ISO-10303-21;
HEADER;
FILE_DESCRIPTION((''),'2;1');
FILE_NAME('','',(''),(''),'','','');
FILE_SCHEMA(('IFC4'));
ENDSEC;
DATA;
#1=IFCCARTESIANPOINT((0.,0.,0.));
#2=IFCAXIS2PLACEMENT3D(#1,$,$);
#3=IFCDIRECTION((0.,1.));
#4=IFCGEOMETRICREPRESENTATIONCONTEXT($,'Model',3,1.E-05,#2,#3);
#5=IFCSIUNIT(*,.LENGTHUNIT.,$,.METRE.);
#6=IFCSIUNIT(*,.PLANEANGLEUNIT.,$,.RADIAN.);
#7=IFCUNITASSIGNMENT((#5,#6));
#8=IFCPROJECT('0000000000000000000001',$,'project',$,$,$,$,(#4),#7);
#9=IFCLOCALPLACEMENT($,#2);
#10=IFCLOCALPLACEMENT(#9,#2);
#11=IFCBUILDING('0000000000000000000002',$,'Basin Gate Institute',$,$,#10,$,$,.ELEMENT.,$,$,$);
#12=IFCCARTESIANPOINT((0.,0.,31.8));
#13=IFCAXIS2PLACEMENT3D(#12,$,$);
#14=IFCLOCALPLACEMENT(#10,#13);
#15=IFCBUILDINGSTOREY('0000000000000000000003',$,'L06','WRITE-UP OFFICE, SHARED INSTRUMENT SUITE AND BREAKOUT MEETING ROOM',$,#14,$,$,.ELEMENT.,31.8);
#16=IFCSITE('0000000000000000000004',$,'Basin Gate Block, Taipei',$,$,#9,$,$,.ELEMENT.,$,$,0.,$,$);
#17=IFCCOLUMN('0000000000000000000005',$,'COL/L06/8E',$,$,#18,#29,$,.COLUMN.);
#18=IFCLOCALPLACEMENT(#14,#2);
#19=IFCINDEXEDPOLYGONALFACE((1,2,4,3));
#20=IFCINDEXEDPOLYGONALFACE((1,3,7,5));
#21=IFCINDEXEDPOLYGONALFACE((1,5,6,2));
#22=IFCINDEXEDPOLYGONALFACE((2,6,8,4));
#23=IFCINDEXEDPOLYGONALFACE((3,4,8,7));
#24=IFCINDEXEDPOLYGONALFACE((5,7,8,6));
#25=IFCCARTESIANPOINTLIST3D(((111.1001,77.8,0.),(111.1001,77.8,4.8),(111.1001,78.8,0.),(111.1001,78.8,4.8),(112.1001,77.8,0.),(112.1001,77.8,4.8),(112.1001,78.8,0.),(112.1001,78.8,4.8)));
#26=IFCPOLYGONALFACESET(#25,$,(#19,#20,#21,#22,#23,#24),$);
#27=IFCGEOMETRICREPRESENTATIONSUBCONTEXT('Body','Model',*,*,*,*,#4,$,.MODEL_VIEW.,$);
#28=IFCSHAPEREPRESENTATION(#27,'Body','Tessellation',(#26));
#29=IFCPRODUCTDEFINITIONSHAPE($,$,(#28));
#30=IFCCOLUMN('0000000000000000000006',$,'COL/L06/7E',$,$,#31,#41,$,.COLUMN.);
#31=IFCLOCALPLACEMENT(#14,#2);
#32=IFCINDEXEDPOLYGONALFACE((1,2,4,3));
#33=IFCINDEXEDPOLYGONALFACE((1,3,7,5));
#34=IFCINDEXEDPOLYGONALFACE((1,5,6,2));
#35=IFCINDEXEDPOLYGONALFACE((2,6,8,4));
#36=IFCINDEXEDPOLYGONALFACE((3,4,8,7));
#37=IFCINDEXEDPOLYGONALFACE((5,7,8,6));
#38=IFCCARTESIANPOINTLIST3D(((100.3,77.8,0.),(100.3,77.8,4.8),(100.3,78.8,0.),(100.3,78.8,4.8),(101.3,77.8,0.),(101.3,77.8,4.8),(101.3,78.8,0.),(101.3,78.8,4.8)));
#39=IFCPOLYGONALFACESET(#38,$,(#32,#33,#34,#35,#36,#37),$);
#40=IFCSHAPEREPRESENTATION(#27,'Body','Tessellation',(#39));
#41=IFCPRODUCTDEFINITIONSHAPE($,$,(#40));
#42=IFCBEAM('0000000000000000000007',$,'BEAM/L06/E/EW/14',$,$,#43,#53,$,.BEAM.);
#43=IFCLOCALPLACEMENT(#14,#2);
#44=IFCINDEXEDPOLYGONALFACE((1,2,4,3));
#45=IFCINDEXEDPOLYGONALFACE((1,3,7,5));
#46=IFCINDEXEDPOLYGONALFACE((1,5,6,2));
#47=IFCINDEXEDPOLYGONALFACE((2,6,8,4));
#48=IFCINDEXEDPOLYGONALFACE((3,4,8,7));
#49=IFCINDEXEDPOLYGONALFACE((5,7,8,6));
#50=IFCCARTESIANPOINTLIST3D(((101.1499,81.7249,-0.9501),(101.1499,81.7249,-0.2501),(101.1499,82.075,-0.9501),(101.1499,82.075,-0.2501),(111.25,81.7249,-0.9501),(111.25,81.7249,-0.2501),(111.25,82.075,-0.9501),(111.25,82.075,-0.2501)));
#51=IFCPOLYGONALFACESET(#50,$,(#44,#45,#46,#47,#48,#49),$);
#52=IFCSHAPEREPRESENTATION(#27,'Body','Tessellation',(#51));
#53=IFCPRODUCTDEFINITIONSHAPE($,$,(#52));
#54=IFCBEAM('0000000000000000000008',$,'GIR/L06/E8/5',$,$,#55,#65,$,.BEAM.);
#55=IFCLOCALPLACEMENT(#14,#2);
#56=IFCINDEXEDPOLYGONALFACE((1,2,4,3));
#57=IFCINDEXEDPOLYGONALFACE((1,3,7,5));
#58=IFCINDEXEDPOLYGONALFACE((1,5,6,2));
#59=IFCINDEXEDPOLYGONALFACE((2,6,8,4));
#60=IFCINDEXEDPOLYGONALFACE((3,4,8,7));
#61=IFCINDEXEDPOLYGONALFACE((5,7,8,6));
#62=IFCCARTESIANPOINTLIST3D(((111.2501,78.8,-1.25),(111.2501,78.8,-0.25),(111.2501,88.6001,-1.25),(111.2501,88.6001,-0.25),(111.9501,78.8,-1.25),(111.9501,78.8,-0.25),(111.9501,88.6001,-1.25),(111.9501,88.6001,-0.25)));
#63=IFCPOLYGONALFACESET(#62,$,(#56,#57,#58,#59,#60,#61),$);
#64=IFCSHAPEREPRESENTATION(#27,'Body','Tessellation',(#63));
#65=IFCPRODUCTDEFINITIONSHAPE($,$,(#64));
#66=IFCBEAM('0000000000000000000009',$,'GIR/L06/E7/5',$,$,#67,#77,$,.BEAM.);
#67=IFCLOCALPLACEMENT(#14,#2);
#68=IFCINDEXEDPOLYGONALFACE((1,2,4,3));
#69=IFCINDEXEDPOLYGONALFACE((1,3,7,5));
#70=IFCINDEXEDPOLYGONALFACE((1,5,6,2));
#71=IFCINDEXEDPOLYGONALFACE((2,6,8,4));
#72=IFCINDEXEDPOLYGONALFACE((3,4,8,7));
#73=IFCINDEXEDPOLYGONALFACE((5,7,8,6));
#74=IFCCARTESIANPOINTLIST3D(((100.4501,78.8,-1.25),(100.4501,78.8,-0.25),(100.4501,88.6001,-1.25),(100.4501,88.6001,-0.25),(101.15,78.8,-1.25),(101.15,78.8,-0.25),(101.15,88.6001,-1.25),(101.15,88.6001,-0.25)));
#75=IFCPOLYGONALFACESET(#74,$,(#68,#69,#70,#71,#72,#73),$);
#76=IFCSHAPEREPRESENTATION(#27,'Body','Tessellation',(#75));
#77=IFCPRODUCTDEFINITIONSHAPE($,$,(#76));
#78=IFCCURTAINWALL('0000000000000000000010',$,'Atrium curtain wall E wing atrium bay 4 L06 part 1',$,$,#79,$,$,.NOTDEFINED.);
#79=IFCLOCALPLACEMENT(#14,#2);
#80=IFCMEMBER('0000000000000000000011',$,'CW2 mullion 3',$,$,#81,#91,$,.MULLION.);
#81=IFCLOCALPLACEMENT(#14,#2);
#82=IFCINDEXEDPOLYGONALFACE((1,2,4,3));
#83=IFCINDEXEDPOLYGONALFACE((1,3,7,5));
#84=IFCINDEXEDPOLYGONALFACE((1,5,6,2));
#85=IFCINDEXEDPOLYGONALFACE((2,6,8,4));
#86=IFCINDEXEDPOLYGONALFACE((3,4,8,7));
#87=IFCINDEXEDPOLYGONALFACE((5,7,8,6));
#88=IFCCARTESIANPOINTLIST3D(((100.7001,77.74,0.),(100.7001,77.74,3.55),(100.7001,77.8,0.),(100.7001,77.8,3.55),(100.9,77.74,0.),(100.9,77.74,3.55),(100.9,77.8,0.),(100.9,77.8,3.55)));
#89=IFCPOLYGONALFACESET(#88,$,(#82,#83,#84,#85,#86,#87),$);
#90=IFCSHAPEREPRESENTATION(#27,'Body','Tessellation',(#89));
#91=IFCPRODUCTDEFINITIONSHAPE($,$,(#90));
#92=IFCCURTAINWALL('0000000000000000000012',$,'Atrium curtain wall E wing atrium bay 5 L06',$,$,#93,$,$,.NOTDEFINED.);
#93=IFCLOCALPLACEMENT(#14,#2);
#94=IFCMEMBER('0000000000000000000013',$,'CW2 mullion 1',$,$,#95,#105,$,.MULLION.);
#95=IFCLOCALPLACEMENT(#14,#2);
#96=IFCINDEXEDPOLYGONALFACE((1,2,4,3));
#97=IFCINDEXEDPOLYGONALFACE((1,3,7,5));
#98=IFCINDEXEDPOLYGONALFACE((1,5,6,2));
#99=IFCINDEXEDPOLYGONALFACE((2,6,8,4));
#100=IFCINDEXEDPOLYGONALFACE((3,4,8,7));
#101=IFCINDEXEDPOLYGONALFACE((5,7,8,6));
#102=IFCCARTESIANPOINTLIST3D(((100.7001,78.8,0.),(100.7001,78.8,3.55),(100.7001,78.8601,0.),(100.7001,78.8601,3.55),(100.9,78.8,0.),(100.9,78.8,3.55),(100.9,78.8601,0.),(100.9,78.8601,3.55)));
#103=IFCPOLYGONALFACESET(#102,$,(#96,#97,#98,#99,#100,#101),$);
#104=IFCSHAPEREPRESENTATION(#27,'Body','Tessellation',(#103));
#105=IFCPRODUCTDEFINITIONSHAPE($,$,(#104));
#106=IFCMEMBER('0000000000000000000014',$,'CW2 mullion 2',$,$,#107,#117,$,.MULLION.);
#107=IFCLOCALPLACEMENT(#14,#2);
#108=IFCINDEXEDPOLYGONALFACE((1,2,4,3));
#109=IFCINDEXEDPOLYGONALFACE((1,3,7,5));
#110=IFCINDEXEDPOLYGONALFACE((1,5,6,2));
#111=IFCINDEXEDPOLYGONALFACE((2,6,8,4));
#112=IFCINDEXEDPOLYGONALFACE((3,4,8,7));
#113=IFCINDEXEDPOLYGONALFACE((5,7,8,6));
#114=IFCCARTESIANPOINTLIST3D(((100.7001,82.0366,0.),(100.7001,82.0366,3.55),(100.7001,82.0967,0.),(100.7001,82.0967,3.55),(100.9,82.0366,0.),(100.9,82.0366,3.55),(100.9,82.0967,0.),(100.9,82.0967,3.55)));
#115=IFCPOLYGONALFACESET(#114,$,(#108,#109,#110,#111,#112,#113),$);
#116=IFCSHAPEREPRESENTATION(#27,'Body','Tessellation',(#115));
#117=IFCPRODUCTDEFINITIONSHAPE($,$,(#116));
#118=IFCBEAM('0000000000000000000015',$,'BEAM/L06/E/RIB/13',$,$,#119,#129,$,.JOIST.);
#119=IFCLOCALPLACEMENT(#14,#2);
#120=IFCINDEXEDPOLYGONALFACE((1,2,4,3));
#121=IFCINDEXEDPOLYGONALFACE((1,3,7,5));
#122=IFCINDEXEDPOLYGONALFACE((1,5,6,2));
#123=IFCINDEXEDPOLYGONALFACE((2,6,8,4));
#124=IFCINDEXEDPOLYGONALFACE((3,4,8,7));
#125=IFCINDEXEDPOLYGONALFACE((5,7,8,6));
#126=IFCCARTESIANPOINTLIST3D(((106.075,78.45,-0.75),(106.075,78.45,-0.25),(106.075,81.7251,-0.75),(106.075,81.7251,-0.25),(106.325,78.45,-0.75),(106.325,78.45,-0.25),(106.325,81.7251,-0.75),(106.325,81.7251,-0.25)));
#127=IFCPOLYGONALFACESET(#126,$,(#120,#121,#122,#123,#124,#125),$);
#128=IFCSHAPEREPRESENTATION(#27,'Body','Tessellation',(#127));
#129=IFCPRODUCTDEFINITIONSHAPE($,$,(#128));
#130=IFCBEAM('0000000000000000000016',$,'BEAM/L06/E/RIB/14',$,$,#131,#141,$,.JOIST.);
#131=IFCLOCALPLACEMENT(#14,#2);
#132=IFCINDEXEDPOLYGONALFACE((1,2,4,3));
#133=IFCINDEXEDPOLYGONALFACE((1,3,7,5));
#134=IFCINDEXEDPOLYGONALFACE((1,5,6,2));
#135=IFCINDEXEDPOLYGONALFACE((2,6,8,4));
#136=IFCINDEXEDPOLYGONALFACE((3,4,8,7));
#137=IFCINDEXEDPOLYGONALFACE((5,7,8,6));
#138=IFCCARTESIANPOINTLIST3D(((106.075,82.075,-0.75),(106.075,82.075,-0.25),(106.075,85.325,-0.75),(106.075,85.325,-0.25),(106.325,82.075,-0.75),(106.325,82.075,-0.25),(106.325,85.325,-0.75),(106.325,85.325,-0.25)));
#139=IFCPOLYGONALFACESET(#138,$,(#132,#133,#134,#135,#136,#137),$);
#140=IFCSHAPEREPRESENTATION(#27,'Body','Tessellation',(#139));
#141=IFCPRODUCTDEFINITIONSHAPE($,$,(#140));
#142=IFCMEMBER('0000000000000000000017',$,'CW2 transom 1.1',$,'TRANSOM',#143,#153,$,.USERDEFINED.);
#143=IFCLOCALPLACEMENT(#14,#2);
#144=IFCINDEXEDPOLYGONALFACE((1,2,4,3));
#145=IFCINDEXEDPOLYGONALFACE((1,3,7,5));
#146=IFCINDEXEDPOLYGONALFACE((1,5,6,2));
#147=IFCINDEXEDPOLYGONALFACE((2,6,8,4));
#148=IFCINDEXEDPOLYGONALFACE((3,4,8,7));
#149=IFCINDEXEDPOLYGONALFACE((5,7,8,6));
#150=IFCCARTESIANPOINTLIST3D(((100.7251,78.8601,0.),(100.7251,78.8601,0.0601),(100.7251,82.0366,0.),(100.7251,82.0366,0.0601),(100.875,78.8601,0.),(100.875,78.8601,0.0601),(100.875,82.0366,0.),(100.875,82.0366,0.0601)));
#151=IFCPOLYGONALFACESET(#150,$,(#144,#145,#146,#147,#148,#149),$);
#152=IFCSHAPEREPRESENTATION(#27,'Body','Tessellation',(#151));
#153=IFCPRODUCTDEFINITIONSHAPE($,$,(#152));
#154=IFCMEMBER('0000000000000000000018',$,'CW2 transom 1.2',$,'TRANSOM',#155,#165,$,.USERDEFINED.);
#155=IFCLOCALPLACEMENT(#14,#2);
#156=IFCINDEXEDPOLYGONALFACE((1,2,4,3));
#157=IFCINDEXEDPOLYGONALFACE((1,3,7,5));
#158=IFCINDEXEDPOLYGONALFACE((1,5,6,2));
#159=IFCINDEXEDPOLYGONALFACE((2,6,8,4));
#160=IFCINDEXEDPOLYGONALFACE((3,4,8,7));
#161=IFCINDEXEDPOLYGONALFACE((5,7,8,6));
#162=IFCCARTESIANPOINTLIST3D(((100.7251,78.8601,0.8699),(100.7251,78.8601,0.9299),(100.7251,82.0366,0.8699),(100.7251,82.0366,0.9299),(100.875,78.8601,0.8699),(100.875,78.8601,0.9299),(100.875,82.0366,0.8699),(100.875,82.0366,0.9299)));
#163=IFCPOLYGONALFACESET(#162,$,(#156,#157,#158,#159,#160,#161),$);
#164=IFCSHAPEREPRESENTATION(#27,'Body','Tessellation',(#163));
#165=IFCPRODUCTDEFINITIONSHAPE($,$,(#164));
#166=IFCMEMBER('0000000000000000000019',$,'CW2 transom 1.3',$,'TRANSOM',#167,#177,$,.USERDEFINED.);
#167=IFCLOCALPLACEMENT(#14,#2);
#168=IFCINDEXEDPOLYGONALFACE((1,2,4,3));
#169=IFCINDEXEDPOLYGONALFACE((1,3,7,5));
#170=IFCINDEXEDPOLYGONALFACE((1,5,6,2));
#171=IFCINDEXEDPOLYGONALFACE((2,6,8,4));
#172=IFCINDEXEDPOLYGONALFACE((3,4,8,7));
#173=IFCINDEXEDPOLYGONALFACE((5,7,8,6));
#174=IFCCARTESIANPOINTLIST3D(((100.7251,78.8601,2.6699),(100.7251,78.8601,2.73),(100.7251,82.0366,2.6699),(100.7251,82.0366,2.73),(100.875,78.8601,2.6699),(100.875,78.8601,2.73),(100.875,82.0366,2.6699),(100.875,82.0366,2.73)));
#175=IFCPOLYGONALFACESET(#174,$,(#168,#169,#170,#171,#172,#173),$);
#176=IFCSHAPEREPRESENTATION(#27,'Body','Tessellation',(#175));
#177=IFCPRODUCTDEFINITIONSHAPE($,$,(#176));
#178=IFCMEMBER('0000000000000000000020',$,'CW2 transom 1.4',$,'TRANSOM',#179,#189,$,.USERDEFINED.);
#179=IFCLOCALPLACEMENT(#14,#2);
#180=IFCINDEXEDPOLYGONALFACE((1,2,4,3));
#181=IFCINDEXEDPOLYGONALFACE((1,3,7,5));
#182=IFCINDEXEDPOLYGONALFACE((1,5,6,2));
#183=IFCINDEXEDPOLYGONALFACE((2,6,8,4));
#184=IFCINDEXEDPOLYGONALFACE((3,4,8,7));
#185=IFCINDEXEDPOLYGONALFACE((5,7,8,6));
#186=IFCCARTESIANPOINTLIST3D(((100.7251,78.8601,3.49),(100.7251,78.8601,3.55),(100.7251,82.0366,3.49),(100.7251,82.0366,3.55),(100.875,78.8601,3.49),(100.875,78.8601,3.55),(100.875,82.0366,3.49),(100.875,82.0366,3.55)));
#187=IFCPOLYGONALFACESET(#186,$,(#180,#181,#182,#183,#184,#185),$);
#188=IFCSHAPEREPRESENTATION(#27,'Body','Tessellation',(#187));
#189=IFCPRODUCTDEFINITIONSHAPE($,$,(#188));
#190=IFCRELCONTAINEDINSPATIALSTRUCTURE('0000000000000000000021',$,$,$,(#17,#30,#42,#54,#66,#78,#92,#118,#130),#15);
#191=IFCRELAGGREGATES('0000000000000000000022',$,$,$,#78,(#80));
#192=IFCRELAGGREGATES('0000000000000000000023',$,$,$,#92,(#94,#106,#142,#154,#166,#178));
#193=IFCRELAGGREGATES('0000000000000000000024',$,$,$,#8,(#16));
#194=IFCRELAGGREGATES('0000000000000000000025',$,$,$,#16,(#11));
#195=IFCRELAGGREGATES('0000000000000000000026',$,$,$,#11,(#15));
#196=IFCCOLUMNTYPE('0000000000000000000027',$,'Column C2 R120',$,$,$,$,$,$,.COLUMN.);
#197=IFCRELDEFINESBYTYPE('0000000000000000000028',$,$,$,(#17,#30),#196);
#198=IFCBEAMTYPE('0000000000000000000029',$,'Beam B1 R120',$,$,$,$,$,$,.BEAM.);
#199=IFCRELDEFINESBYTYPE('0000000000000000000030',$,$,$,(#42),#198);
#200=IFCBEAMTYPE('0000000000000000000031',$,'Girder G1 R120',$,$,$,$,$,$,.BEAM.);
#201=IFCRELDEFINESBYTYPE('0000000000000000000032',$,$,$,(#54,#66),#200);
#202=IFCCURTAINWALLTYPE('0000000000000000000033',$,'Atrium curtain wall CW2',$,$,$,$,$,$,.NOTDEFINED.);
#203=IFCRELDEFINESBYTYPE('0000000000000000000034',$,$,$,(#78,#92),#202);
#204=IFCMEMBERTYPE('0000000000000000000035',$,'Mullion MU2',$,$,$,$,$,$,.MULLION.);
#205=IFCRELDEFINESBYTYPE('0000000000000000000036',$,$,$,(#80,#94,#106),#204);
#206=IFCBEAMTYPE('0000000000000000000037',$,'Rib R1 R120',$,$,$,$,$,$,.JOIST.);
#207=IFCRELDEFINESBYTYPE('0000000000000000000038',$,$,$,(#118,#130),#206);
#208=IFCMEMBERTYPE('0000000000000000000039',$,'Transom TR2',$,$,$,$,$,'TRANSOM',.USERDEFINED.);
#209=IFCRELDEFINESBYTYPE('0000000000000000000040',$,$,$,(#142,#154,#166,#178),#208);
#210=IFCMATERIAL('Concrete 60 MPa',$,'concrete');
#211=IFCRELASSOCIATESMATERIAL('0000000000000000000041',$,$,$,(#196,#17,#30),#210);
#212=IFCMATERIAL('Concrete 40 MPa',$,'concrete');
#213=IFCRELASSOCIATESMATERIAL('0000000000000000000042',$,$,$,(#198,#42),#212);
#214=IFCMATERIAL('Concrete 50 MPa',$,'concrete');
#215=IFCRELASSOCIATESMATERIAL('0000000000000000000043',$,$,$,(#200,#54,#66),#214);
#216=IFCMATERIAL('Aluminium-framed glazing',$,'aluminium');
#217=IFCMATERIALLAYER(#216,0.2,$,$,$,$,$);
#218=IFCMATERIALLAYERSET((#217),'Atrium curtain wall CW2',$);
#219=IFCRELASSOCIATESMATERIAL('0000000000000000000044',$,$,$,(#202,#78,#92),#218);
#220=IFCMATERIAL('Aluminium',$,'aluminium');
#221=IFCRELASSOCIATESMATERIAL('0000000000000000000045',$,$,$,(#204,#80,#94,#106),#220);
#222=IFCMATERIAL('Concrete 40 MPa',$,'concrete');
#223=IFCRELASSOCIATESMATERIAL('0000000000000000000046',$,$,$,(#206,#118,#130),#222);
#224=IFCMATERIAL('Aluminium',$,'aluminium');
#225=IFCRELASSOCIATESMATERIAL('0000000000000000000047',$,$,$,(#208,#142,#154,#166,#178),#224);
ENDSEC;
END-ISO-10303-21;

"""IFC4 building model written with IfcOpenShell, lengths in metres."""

from ifc_helpers import new_model, si_unit, direction, frame, origin, origin_2d, place, context, subcontext, project, spatial, rectangle, extrude, material, layer, layer_set, material_profile, profile_set, type_object, element, aggregate, save


model = new_model("IFC4")

# Units and contexts
model_context = context("Model", 3, precision=1e-05, world=origin(), true_north=direction((0.0, 1.0)))
body_context = subcontext(model_context, "Body", "Model", "MODEL_VIEW")
ifc_project = project(units=[si_unit("LENGTHUNIT", "METRE"), si_unit("PLANEANGLEUNIT", "RADIAN")], contexts=[model_context])

# Site, building, storey
site_placement = place(None, origin())
site = spatial("IfcSite", under=ifc_project, at=site_placement, Name="Basin Gate Block, Taipei", CompositionType="ELEMENT", RefElevation=0.0)
building_placement = place(site_placement, origin())
building = spatial("IfcBuilding", under=site, at=building_placement, Name="Basin Gate Institute", CompositionType="ELEMENT")
storey_placement = place(building_placement, frame((0.0, 0.0, 31.8)))
storey = spatial("IfcBuildingStorey", under=building, at=storey_placement, Name="L06", Description="WRITE-UP OFFICE, SHARED INSTRUMENT SUITE AND BREAKOUT MEETING ROOM", CompositionType="ELEMENT", Elevation=31.8)

# Columns
ifc_material_1 = material(Name="Concrete 60 MPa", Category="concrete")
ifc_material_profile_1 = material_profile(ifc_material_1, rectangle(XDim=1.0, YDim=1.0, at=origin_2d()), Name="Column C2 1000 x 1000")
ifc_profile_set_1 = profile_set([ifc_material_profile_1], Name="Concrete 60 MPa")
column_type = type_object("IfcColumnType", Name="Column C2 R120", PredefinedType="COLUMN", material=ifc_profile_set_1)
for number, where, z_axis, x_axis, name in (
    (1, (111.6001, 78.3, 0.0), (0.0, 0.0, 1.0), (1.0, 0.0, 0.0), "COL/L06/8E"),
    (2, (100.8, 78.3, 0.0), (0.0, 0.0, 1.0), (1.0, 0.0, 0.0), "COL/L06/7E"),
):
    element("IfcColumn", number, at=place(storey_placement, frame(where, z_axis=z_axis, x_axis=x_axis)), inside=storey, type_object=column_type, material=ifc_profile_set_1, Name=name, PredefinedType="COLUMN", context=body_context, shape_type="SweptSolid", body=[
        extrude(rectangle(XDim=1.0, YDim=1.0, at=origin_2d()), origin(), (0.0, 0.0, 1.0), 4.8),
    ])

# Beams
ifc_material_2 = material(Name="Concrete 40 MPa", Category="concrete")
ifc_material_profile_2 = material_profile(ifc_material_2, rectangle(XDim=0.3501, YDim=0.7, at=origin_2d()), Name="Beam B1 350 x 700")
ifc_profile_set_2 = profile_set([ifc_material_profile_2], Name="Concrete 40 MPa")
beam_type_1 = type_object("IfcBeamType", Name="Beam B1 R120", PredefinedType="BEAM", material=ifc_profile_set_2)
beam_1_placement = place(storey_placement, frame((111.25, 81.8999, -0.6001), z_axis=(-1.0, 0.0, 0.0), x_axis=(0.0, -1.0, 0.0)))
element("IfcBeam", 3, at=beam_1_placement, inside=storey, type_object=beam_type_1, material=ifc_profile_set_2, Name="BEAM/L06/E/EW/14", PredefinedType="BEAM", context=body_context, shape_type="SweptSolid", body=[
    extrude(rectangle(XDim=0.3501, YDim=0.7, at=origin_2d()), origin(), (0.0, 0.0, 1.0), 10.1001),
])
ifc_material_3 = material(Name="Concrete 50 MPa", Category="concrete")
ifc_material_profile_3 = material_profile(ifc_material_3, rectangle(XDim=0.7, YDim=1.0, at=origin_2d()), Name="Girder G1 700 x 1000")
ifc_profile_set_3 = profile_set([ifc_material_profile_3], Name="Concrete 50 MPa")
beam_type_2 = type_object("IfcBeamType", Name="Girder G1 R120", PredefinedType="BEAM", material=ifc_profile_set_3)
for number, where, z_axis, x_axis, name in (
    (4, (111.6001, 78.8, -0.75), (0.0, 1.0, 0.0), (-1.0, 0.0, 0.0), "GIR/L06/E8/5"),
    (5, (100.8, 78.8, -0.75), (0.0, 1.0, 0.0), (-1.0, 0.0, 0.0), "GIR/L06/E7/5"),
):
    element("IfcBeam", number, at=place(storey_placement, frame(where, z_axis=z_axis, x_axis=x_axis)), inside=storey, type_object=beam_type_2, material=ifc_profile_set_3, Name=name, PredefinedType="BEAM", context=body_context, shape_type="SweptSolid", body=[
        extrude(rectangle(XDim=0.7, YDim=1.0, at=origin_2d()), origin(), (0.0, 0.0, 1.0), 9.8),
    ])

# Curtain wall, member
ifc_material_4 = material(Name="Aluminium-framed glazing", Category="aluminium")
ifc_layer_1 = layer(ifc_material_4, 0.2)
ifc_layer_set_1 = layer_set([ifc_layer_1], Name="Atrium curtain wall CW2")
curtain_wall_type = type_object("IfcCurtainWallType", Name="Atrium curtain wall CW2", PredefinedType="NOTDEFINED", material=ifc_layer_set_1)
curtain_wall_1_placement = place(storey_placement, origin())
curtain_wall_1 = element("IfcCurtainWall", 6, at=curtain_wall_1_placement, inside=storey, type_object=curtain_wall_type, material=ifc_layer_set_1, Name="Atrium curtain wall E wing atrium bay 4 L06 part 1", PredefinedType="NOTDEFINED")
ifc_material_5 = material(Name="Aluminium", Category="aluminium")
ifc_material_profile_4 = material_profile(ifc_material_5, rectangle(XDim=0.2, YDim=0.0601, at=origin_2d()), Name="Mullion MU2 200 x 60")
ifc_profile_set_4 = profile_set([ifc_material_profile_4], Name="Aluminium")
member_type_1 = type_object("IfcMemberType", Name="Mullion MU2", PredefinedType="MULLION", material=ifc_profile_set_4)
member_1_placement = place(storey_placement, frame((100.8, 77.77, 0.0), z_axis=(0.0, 0.0, 1.0), x_axis=(-1.0, 0.0, 0.0)))
member_1 = element("IfcMember", 7, at=member_1_placement, type_object=member_type_1, material=ifc_profile_set_4, Name="CW2 mullion 3", PredefinedType="MULLION", context=body_context, shape_type="SweptSolid", body=[
    extrude(rectangle(XDim=0.2, YDim=0.0601, at=origin_2d()), origin(), (0.0, 0.0, 1.0), 3.55),
])
aggregate(curtain_wall_1, [member_1])

# Curtain wall, members
curtain_wall_2_placement = place(storey_placement, origin())
curtain_wall_2 = element("IfcCurtainWall", 8, at=curtain_wall_2_placement, inside=storey, type_object=curtain_wall_type, material=ifc_layer_set_1, Name="Atrium curtain wall E wing atrium bay 5 L06", PredefinedType="NOTDEFINED")
member_2_placement = place(storey_placement, frame((100.8, 78.8301, 0.0), z_axis=(0.0, 0.0, 1.0), x_axis=(-1.0, 0.0, 0.0)))
member_2 = element("IfcMember", 9, at=member_2_placement, type_object=member_type_1, material=ifc_profile_set_4, Name="CW2 mullion 1", PredefinedType="MULLION", context=body_context, shape_type="SweptSolid", body=[
    extrude(rectangle(XDim=0.2, YDim=0.0601, at=origin_2d()), origin(), (0.0, 0.0, 1.0), 3.55),
])
member_3_placement = place(storey_placement, frame((100.8, 82.0667, 0.0), z_axis=(0.0, 0.0, 1.0), x_axis=(-1.0, 0.0, 0.0)))
member_3 = element("IfcMember", 10, at=member_3_placement, type_object=member_type_1, material=ifc_profile_set_4, Name="CW2 mullion 2", PredefinedType="MULLION", context=body_context, shape_type="SweptSolid", body=[
    extrude(rectangle(XDim=0.2, YDim=0.0601, at=origin_2d()), origin(), (0.0, 0.0, 1.0), 3.55),
])

# Beams
ifc_material_6 = material(Name="Concrete 40 MPa", Category="concrete")
ifc_material_profile_5 = material_profile(ifc_material_6, rectangle(XDim=0.25, YDim=0.5, at=origin_2d()), Name="Rib R1 250 x 500")
ifc_profile_set_5 = profile_set([ifc_material_profile_5], Name="Concrete 40 MPa")
beam_type_3 = type_object("IfcBeamType", Name="Rib R1 R120", PredefinedType="JOIST", material=ifc_profile_set_5)
beam_2_placement = place(storey_placement, frame((106.2, 78.45, -0.5), z_axis=(0.0, 1.0, 0.0), x_axis=(-1.0, 0.0, 0.0)))
element("IfcBeam", 11, at=beam_2_placement, inside=storey, type_object=beam_type_3, material=ifc_profile_set_5, Name="BEAM/L06/E/RIB/13", PredefinedType="JOIST", context=body_context, shape_type="SweptSolid", body=[
    extrude(rectangle(XDim=0.25, YDim=0.5, at=origin_2d()), origin(), (0.0, 0.0, 1.0), 3.2751),
])
beam_3_placement = place(storey_placement, frame((106.2, 82.075, -0.5), z_axis=(0.0, 1.0, 0.0), x_axis=(-1.0, 0.0, 0.0)))
element("IfcBeam", 12, at=beam_3_placement, inside=storey, type_object=beam_type_3, material=ifc_profile_set_5, Name="BEAM/L06/E/RIB/14", PredefinedType="JOIST", context=body_context, shape_type="SweptSolid", body=[
    extrude(rectangle(XDim=0.25, YDim=0.5, at=origin_2d()), origin(), (0.0, 0.0, 1.0), 3.25),
])

# Members
ifc_material_7 = material(Name="Aluminium", Category="aluminium")
ifc_material_profile_6 = material_profile(ifc_material_7, rectangle(XDim=0.1499, YDim=0.0601, at=origin_2d()), Name="Transom TR2 150 x 60")
ifc_profile_set_6 = profile_set([ifc_material_profile_6], Name="Aluminium")
member_type_2 = type_object("IfcMemberType", Name="Transom TR2", ElementType="TRANSOM", PredefinedType="USERDEFINED", material=ifc_profile_set_6)
member_4_placement = place(storey_placement, frame((100.8, 78.8601, 0.03), z_axis=(0.0, 1.0, 0.0), x_axis=(-1.0, 0.0, 0.0)))
member_4 = element("IfcMember", 13, at=member_4_placement, type_object=member_type_2, material=ifc_profile_set_6, Name="CW2 transom 1.1", ObjectType="TRANSOM", PredefinedType="USERDEFINED", context=body_context, shape_type="SweptSolid", body=[
    extrude(rectangle(XDim=0.1499, YDim=0.0601, at=origin_2d()), origin(), (0.0, 0.0, 1.0), 3.1765),
])
member_5_placement = place(storey_placement, frame((100.8, 78.8601, 0.8999), z_axis=(0.0, 1.0, 0.0), x_axis=(-1.0, 0.0, 0.0)))
member_5 = element("IfcMember", 14, at=member_5_placement, type_object=member_type_2, material=ifc_profile_set_6, Name="CW2 transom 1.2", ObjectType="TRANSOM", PredefinedType="USERDEFINED", context=body_context, shape_type="SweptSolid", body=[
    extrude(rectangle(XDim=0.1499, YDim=0.0601, at=origin_2d()), origin(), (0.0, 0.0, 1.0), 3.1765),
])
member_6_placement = place(storey_placement, frame((100.8, 78.8601, 2.7), z_axis=(0.0, 1.0, 0.0), x_axis=(-1.0, 0.0, 0.0)))
member_6 = element("IfcMember", 15, at=member_6_placement, type_object=member_type_2, material=ifc_profile_set_6, Name="CW2 transom 1.3", ObjectType="TRANSOM", PredefinedType="USERDEFINED", context=body_context, shape_type="SweptSolid", body=[
    extrude(rectangle(XDim=0.1499, YDim=0.0601, at=origin_2d()), origin(), (0.0, 0.0, 1.0), 3.1765),
])
member_7_placement = place(storey_placement, frame((100.8, 78.8601, 3.52), z_axis=(0.0, 1.0, 0.0), x_axis=(-1.0, 0.0, 0.0)))
member_7 = element("IfcMember", 16, at=member_7_placement, type_object=member_type_2, material=ifc_profile_set_6, Name="CW2 transom 1.4", ObjectType="TRANSOM", PredefinedType="USERDEFINED", context=body_context, shape_type="SweptSolid", body=[
    extrude(rectangle(XDim=0.1499, YDim=0.0601, at=origin_2d()), origin(), (0.0, 0.0, 1.0), 3.1765),
])

aggregate(curtain_wall_2, [member_2, member_3, member_4, member_5, member_6, member_7])

save(model, "model.ifc")
